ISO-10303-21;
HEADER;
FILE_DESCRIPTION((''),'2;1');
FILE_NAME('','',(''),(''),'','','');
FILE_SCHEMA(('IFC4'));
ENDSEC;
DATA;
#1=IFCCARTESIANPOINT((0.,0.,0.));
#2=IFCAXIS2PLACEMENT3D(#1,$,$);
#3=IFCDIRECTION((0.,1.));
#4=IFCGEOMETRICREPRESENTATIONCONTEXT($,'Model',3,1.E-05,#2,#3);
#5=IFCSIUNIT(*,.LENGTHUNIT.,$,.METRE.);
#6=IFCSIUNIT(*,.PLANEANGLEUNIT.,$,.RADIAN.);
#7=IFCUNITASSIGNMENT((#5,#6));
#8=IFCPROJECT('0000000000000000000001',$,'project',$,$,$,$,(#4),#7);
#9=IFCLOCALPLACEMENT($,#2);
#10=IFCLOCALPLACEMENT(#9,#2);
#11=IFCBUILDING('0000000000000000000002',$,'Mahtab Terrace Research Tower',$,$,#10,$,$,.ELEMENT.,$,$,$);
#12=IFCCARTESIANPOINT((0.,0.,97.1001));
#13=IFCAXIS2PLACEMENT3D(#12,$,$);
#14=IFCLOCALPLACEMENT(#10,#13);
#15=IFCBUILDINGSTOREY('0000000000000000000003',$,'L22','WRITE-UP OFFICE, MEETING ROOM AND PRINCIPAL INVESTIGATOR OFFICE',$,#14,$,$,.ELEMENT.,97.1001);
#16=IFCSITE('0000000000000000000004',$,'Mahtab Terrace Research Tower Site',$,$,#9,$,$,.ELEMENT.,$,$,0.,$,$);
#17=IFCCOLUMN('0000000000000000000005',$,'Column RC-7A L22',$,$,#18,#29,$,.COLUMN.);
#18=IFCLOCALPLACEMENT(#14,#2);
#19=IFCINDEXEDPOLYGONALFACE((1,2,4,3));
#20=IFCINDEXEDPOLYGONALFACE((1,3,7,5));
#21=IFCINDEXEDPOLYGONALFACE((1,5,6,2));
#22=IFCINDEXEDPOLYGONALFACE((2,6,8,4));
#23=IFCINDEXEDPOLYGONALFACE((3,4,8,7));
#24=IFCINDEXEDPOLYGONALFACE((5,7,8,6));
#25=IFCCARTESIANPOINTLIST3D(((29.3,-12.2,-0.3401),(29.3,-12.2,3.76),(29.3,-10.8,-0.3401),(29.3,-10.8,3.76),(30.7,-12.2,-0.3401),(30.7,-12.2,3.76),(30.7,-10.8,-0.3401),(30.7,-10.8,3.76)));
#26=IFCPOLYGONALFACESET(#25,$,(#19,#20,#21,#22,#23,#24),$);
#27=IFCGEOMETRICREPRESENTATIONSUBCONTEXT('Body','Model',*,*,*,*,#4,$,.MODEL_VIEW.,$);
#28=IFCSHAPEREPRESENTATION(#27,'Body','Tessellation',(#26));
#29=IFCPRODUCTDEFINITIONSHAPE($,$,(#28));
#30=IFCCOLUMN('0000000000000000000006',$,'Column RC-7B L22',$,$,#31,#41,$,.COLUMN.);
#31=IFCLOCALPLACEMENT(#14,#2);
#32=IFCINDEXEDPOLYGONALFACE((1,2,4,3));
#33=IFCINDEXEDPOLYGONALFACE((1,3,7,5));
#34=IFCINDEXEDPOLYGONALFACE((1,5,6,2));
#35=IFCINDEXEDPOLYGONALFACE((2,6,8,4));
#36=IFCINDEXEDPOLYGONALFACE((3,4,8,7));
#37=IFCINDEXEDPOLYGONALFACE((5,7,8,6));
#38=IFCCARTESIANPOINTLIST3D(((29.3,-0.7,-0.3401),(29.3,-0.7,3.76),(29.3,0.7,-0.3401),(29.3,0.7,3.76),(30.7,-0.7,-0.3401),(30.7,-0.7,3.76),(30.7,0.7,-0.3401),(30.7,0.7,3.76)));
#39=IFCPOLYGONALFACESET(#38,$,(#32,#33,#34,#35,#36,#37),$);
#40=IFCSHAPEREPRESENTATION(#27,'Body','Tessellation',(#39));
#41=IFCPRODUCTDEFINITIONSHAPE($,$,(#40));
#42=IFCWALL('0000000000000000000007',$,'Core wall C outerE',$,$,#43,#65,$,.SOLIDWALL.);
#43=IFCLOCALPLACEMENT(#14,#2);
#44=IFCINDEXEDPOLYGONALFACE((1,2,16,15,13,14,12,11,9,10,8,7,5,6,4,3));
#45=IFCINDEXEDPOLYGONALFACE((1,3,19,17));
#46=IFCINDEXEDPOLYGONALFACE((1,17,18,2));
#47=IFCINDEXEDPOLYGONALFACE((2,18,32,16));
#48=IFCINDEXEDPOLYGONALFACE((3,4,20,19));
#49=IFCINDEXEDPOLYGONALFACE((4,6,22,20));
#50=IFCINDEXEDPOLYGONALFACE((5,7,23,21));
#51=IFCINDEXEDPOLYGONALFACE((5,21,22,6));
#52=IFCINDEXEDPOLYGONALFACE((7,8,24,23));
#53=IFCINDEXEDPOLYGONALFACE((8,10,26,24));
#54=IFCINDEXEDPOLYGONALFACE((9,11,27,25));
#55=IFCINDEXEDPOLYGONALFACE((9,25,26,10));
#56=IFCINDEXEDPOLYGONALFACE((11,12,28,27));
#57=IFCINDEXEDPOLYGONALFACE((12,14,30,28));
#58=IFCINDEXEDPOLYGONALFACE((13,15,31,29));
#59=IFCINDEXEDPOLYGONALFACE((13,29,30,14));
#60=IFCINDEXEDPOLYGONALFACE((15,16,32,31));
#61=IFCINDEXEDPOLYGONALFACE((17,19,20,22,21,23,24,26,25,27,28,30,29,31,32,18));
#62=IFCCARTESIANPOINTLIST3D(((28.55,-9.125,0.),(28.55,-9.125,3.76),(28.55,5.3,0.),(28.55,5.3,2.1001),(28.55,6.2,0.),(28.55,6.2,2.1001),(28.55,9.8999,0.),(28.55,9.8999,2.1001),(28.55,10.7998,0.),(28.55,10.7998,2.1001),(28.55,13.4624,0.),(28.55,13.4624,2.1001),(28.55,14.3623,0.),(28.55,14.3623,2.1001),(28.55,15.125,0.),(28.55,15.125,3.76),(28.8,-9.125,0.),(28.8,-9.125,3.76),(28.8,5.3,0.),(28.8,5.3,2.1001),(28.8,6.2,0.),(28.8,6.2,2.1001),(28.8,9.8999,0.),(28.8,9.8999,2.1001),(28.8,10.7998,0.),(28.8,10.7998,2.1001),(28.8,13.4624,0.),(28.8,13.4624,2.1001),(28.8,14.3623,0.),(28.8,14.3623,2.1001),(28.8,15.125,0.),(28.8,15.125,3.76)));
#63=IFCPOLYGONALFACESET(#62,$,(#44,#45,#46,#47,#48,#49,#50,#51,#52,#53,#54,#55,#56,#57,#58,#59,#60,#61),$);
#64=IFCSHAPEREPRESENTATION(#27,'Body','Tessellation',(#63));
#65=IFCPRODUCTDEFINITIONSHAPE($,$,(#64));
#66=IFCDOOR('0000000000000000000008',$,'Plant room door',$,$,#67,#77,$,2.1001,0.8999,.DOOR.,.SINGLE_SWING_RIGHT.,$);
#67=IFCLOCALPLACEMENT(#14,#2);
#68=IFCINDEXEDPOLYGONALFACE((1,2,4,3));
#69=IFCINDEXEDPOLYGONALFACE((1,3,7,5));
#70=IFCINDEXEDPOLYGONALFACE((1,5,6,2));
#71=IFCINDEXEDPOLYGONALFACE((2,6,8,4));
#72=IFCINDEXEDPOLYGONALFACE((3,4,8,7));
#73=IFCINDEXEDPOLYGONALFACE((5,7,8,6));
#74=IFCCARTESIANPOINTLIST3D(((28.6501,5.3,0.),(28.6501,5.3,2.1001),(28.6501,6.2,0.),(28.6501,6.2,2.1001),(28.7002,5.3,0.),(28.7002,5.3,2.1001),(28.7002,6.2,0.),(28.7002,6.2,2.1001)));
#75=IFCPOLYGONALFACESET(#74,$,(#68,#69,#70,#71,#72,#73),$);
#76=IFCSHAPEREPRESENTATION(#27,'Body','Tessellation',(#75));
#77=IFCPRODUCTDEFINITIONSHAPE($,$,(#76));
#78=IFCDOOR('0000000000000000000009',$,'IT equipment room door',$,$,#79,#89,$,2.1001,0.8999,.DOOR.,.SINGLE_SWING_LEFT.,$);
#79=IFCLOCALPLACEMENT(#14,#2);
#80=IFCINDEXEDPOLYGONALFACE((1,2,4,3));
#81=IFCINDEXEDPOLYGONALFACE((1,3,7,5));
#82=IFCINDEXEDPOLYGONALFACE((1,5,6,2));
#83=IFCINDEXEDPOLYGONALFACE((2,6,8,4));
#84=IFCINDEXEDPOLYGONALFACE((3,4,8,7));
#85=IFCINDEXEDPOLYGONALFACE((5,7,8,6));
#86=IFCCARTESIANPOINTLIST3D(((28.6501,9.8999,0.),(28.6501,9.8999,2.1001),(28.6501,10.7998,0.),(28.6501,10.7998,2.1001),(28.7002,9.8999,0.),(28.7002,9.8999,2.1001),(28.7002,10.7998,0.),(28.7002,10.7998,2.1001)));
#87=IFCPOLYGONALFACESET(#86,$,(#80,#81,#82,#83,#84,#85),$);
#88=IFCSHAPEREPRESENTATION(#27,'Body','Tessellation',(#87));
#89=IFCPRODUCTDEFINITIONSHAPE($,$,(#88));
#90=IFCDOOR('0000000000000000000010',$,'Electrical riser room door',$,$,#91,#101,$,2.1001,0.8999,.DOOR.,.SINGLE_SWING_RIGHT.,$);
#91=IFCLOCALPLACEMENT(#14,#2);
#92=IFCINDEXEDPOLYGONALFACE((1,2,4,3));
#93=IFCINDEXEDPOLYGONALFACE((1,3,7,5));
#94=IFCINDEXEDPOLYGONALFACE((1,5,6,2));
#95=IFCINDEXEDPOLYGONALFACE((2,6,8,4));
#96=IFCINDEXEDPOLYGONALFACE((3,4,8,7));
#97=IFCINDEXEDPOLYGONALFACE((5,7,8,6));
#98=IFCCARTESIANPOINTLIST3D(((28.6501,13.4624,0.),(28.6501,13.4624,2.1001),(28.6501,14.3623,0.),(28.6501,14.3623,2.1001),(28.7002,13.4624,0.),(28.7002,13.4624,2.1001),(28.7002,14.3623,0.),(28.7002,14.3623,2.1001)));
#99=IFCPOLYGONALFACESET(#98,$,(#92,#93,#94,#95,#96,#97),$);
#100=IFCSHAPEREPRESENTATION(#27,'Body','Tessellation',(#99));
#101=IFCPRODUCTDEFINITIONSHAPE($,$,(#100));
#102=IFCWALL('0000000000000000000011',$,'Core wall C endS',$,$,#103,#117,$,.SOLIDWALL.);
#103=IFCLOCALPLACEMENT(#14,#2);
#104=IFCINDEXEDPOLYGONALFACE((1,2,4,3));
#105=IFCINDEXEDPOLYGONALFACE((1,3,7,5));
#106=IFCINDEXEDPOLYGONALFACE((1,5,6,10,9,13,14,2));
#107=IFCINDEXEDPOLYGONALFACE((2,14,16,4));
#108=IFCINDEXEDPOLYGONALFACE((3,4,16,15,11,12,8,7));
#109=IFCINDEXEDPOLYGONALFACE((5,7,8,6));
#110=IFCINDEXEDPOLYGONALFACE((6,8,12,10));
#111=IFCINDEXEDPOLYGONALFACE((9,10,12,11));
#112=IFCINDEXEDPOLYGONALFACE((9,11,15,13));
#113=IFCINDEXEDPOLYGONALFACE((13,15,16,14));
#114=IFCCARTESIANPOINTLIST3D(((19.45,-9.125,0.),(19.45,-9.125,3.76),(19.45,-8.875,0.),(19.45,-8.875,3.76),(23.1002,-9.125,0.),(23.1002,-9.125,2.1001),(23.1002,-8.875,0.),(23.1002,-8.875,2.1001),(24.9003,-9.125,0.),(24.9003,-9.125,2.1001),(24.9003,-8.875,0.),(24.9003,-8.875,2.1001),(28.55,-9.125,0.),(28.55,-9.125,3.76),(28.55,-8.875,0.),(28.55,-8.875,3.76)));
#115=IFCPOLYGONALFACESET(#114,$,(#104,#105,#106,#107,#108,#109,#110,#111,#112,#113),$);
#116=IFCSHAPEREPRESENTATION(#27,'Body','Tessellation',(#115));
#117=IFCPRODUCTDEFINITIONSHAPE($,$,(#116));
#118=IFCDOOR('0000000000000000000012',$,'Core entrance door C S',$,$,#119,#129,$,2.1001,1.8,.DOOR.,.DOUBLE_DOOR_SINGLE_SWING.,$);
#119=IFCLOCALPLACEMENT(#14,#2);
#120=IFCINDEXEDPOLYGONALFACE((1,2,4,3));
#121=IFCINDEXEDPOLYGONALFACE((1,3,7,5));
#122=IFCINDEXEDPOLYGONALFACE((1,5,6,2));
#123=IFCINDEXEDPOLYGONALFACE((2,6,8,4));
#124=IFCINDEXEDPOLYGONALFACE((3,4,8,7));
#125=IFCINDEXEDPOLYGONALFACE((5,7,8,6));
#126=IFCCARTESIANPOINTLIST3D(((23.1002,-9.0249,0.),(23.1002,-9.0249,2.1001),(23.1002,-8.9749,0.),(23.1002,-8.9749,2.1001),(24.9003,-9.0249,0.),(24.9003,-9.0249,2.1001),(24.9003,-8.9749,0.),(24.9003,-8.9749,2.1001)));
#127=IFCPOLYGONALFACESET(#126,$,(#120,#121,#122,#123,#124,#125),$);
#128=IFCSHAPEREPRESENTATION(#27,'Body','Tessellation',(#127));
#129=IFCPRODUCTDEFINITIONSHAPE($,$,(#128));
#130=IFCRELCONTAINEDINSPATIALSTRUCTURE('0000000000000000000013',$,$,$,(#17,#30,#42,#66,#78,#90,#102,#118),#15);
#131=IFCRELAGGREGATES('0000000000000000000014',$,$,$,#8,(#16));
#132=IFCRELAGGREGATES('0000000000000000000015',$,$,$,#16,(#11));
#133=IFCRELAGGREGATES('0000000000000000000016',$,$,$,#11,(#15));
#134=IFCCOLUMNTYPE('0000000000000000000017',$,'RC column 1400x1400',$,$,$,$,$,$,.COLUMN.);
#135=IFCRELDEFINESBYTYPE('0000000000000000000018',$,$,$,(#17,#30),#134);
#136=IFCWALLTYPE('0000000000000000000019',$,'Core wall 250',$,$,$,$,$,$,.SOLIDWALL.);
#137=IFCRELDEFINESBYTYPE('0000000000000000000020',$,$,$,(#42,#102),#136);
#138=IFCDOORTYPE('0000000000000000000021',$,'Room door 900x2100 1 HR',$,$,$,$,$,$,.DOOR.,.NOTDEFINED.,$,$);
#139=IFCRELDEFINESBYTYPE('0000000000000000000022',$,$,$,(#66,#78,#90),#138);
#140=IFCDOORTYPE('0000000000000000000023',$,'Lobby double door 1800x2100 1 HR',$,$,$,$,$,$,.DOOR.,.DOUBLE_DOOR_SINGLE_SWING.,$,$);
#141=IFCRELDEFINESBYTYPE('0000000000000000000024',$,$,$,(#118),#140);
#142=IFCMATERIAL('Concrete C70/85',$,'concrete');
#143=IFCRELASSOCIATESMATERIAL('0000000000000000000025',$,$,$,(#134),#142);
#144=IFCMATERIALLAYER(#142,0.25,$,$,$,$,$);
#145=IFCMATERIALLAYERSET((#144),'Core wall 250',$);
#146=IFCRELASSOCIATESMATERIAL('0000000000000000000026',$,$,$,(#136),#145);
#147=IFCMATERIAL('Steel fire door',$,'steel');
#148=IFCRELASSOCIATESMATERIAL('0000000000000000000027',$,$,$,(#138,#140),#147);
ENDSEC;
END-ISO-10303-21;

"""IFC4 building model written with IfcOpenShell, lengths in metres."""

from ifc_helpers import new_model, si_unit, direction, frame, frame_2d, origin, origin_2d, place, context, subcontext, project, spatial, rectangle, extrude, material, layer, layer_set, material_profile, profile_set, type_object, element, fill, save


model = new_model("IFC4")

# Units and contexts
model_context = context("Model", 3, precision=1e-05, world=origin(), true_north=direction((0.0, 1.0)))
body_context = subcontext(model_context, "Body", "Model", "MODEL_VIEW")
ifc_project = project(units=[si_unit("LENGTHUNIT", "METRE"), si_unit("PLANEANGLEUNIT", "RADIAN")], contexts=[model_context])

# Site, building, storey
site_placement = place(None, origin())
site = spatial("IfcSite", under=ifc_project, at=site_placement, Name="Mahtab Terrace Research Tower Site", CompositionType="ELEMENT", RefElevation=0.0)
building_placement = place(site_placement, origin())
building = spatial("IfcBuilding", under=site, at=building_placement, Name="Mahtab Terrace Research Tower", CompositionType="ELEMENT")
storey_placement = place(building_placement, frame((0.0, 0.0, 97.1001)))
storey = spatial("IfcBuildingStorey", under=building, at=storey_placement, Name="L22", Description="WRITE-UP OFFICE, MEETING ROOM AND PRINCIPAL INVESTIGATOR OFFICE", CompositionType="ELEMENT", Elevation=97.1001)

# Columns
ifc_material_1 = material(Name="Concrete C70/85", Category="concrete")
ifc_material_profile = material_profile(ifc_material_1, rectangle(XDim=1.3999, YDim=1.3999, at=origin_2d()), Name="RC column 1400x1400")
ifc_profile_set = profile_set([ifc_material_profile], Name="Concrete C70/85")
column_type = type_object("IfcColumnType", Name="RC column 1400x1400", PredefinedType="COLUMN", material=ifc_profile_set)
for number, where, z_axis, x_axis, name in (
    (1, (30.0, -11.5, -0.3401), (0.0, 0.0, 1.0), (1.0, 0.0, 0.0), "Column RC-7A L22"),
    (2, (30.0, 0.0, -0.3401), (0.0, 0.0, 1.0), (1.0, 0.0, 0.0), "Column RC-7B L22"),
):
    element("IfcColumn", number, at=place(storey_placement, frame(where, z_axis=z_axis, x_axis=x_axis)), inside=storey, type_object=column_type, Name=name, PredefinedType="COLUMN", context=body_context, shape_type="SweptSolid", body=[
        extrude(rectangle(XDim=1.3999, YDim=1.3999, at=origin_2d()), origin(), (0.0, 0.0, 1.0), 4.1001),
    ])

# Wall, openings, doors
ifc_layer_1 = layer(ifc_material_1, 0.25)
ifc_layer_set_1 = layer_set([ifc_layer_1], Name="Core wall 250")
wall_type_1 = type_object("IfcWallType", Name="Core wall 250", PredefinedType="SOLIDWALL", material=ifc_layer_set_1)
wall_1_placement = place(storey_placement, frame((28.675, -9.125, 0.0), z_axis=(0.0, 0.0, 1.0), x_axis=(0.0, 1.0, 0.0)))
wall_1 = element("IfcWall", 3, at=wall_1_placement, inside=storey, type_object=wall_type_1, Name="Core wall C outerE", PredefinedType="SOLIDWALL", context=body_context, shape_type="SweptSolid", body=[
    extrude(rectangle(XDim=24.25, YDim=0.25, at=frame_2d((12.125, 0.0))), origin(), (0.0, 0.0, 1.0), 3.76),
])
opening_1_placement = place(wall_1_placement, frame((14.425, 0.0, 0.0)))
opening_1 = element("IfcOpeningElement", 4, at=opening_1_placement, cuts=wall_1, PredefinedType="OPENING", context=body_context, shape_type="SweptSolid", body=[
    extrude(rectangle(XDim=0.8999, YDim=2.1001, at=frame_2d((0.45, 1.05))), frame((0.0, 0.135, 0.0), z_axis=(0.0, -1.0, 0.0), x_axis=(1.0, 0.0, 0.0)), (0.0, 0.0, 1.0), 0.27),
])
opening_2_placement = place(wall_1_placement, frame((19.0249, 0.0, 0.0)))
opening_2 = element("IfcOpeningElement", 5, at=opening_2_placement, cuts=wall_1, PredefinedType="OPENING", context=body_context, shape_type="SweptSolid", body=[
    extrude(rectangle(XDim=0.8999, YDim=2.1001, at=frame_2d((0.45, 1.05))), frame((0.0, 0.135, 0.0), z_axis=(0.0, -1.0, 0.0), x_axis=(1.0, 0.0, 0.0)), (0.0, 0.0, 1.0), 0.27),
])
opening_3_placement = place(wall_1_placement, frame((22.5874, 0.0, 0.0)))
opening_3 = element("IfcOpeningElement", 6, at=opening_3_placement, cuts=wall_1, PredefinedType="OPENING", context=body_context, shape_type="SweptSolid", body=[
    extrude(rectangle(XDim=0.8999, YDim=2.1001, at=frame_2d((0.45, 1.05))), frame((0.0, 0.135, 0.0), z_axis=(0.0, -1.0, 0.0), x_axis=(1.0, 0.0, 0.0)), (0.0, 0.0, 1.0), 0.27),
])
ifc_material_2 = material(Name="Steel fire door", Category="steel")
door_type_1 = type_object("IfcDoorType", Name="Room door 900x2100 1 HR", OperationType="NOTDEFINED", PredefinedType="DOOR", material=ifc_material_2)
door_1_placement = place(opening_1_placement, origin())
door_1 = element("IfcDoor", 7, at=door_1_placement, inside=storey, type_object=door_type_1, Name="Plant room door", OperationType="SINGLE_SWING_RIGHT", OverallHeight=2.1001, OverallWidth=0.8999, PredefinedType="DOOR", context=body_context, shape_type="SweptSolid", body=[
    extrude(rectangle(XDim=0.8999, YDim=2.1001, at=frame_2d((0.45, 1.05))), frame((0.0, 0.0249, 0.0), z_axis=(0.0, -1.0, 0.0), x_axis=(1.0, 0.0, 0.0)), (0.0, 0.0, 1.0), 0.05),
])
fill(opening_1, door_1)
door_2_placement = place(opening_2_placement, origin())
door_2 = element("IfcDoor", 8, at=door_2_placement, inside=storey, type_object=door_type_1, Name="IT equipment room door", OperationType="SINGLE_SWING_LEFT", OverallHeight=2.1001, OverallWidth=0.8999, PredefinedType="DOOR", context=body_context, shape_type="SweptSolid", body=[
    extrude(rectangle(XDim=0.8999, YDim=2.1001, at=frame_2d((0.45, 1.05))), frame((0.0, 0.0249, 0.0), z_axis=(0.0, -1.0, 0.0), x_axis=(1.0, 0.0, 0.0)), (0.0, 0.0, 1.0), 0.05),
])
fill(opening_2, door_2)
door_3_placement = place(opening_3_placement, origin())
door_3 = element("IfcDoor", 9, at=door_3_placement, inside=storey, type_object=door_type_1, Name="Electrical riser room door", OperationType="SINGLE_SWING_RIGHT", OverallHeight=2.1001, OverallWidth=0.8999, PredefinedType="DOOR", context=body_context, shape_type="SweptSolid", body=[
    extrude(rectangle(XDim=0.8999, YDim=2.1001, at=frame_2d((0.45, 1.05))), frame((0.0, 0.0249, 0.0), z_axis=(0.0, -1.0, 0.0), x_axis=(1.0, 0.0, 0.0)), (0.0, 0.0, 1.0), 0.05),
])
fill(opening_3, door_3)

# Wall, opening, door
wall_2_placement = place(storey_placement, frame((28.55, -9.0, 0.0), z_axis=(0.0, 0.0, 1.0), x_axis=(-1.0, 0.0, 0.0)))
wall_2 = element("IfcWall", 10, at=wall_2_placement, inside=storey, type_object=wall_type_1, Name="Core wall C endS", PredefinedType="SOLIDWALL", context=body_context, shape_type="SweptSolid", body=[
    extrude(rectangle(XDim=9.1001, YDim=0.25, at=frame_2d((4.55, 0.0))), origin(), (0.0, 0.0, 1.0), 3.76),
])
opening_4_placement = place(wall_2_placement, frame((3.6499, 0.0, 0.0)))
opening_4 = element("IfcOpeningElement", 11, at=opening_4_placement, cuts=wall_2, PredefinedType="OPENING", context=body_context, shape_type="SweptSolid", body=[
    extrude(rectangle(XDim=1.8, YDim=2.1001, at=frame_2d((0.8999, 1.05))), frame((0.0, 0.135, 0.0), z_axis=(0.0, -1.0, 0.0), x_axis=(1.0, 0.0, 0.0)), (0.0, 0.0, 1.0), 0.27),
])
door_type_2 = type_object("IfcDoorType", Name="Lobby double door 1800x2100 1 HR", OperationType="DOUBLE_DOOR_SINGLE_SWING", PredefinedType="DOOR", material=ifc_material_2)
door_4_placement = place(opening_4_placement, origin())
door_4 = element("IfcDoor", 12, at=door_4_placement, inside=storey, type_object=door_type_2, Name="Core entrance door C S", OperationType="DOUBLE_DOOR_SINGLE_SWING", OverallHeight=2.1001, OverallWidth=1.8, PredefinedType="DOOR", context=body_context, shape_type="SweptSolid", body=[
    extrude(rectangle(XDim=1.8, YDim=2.1001, at=frame_2d((0.8999, 1.05))), frame((0.0, 0.0249, 0.0), z_axis=(0.0, -1.0, 0.0), x_axis=(1.0, 0.0, 0.0)), (0.0, 0.0, 1.0), 0.05),
])
fill(opening_4, door_4)

save(model, "model.ifc")
